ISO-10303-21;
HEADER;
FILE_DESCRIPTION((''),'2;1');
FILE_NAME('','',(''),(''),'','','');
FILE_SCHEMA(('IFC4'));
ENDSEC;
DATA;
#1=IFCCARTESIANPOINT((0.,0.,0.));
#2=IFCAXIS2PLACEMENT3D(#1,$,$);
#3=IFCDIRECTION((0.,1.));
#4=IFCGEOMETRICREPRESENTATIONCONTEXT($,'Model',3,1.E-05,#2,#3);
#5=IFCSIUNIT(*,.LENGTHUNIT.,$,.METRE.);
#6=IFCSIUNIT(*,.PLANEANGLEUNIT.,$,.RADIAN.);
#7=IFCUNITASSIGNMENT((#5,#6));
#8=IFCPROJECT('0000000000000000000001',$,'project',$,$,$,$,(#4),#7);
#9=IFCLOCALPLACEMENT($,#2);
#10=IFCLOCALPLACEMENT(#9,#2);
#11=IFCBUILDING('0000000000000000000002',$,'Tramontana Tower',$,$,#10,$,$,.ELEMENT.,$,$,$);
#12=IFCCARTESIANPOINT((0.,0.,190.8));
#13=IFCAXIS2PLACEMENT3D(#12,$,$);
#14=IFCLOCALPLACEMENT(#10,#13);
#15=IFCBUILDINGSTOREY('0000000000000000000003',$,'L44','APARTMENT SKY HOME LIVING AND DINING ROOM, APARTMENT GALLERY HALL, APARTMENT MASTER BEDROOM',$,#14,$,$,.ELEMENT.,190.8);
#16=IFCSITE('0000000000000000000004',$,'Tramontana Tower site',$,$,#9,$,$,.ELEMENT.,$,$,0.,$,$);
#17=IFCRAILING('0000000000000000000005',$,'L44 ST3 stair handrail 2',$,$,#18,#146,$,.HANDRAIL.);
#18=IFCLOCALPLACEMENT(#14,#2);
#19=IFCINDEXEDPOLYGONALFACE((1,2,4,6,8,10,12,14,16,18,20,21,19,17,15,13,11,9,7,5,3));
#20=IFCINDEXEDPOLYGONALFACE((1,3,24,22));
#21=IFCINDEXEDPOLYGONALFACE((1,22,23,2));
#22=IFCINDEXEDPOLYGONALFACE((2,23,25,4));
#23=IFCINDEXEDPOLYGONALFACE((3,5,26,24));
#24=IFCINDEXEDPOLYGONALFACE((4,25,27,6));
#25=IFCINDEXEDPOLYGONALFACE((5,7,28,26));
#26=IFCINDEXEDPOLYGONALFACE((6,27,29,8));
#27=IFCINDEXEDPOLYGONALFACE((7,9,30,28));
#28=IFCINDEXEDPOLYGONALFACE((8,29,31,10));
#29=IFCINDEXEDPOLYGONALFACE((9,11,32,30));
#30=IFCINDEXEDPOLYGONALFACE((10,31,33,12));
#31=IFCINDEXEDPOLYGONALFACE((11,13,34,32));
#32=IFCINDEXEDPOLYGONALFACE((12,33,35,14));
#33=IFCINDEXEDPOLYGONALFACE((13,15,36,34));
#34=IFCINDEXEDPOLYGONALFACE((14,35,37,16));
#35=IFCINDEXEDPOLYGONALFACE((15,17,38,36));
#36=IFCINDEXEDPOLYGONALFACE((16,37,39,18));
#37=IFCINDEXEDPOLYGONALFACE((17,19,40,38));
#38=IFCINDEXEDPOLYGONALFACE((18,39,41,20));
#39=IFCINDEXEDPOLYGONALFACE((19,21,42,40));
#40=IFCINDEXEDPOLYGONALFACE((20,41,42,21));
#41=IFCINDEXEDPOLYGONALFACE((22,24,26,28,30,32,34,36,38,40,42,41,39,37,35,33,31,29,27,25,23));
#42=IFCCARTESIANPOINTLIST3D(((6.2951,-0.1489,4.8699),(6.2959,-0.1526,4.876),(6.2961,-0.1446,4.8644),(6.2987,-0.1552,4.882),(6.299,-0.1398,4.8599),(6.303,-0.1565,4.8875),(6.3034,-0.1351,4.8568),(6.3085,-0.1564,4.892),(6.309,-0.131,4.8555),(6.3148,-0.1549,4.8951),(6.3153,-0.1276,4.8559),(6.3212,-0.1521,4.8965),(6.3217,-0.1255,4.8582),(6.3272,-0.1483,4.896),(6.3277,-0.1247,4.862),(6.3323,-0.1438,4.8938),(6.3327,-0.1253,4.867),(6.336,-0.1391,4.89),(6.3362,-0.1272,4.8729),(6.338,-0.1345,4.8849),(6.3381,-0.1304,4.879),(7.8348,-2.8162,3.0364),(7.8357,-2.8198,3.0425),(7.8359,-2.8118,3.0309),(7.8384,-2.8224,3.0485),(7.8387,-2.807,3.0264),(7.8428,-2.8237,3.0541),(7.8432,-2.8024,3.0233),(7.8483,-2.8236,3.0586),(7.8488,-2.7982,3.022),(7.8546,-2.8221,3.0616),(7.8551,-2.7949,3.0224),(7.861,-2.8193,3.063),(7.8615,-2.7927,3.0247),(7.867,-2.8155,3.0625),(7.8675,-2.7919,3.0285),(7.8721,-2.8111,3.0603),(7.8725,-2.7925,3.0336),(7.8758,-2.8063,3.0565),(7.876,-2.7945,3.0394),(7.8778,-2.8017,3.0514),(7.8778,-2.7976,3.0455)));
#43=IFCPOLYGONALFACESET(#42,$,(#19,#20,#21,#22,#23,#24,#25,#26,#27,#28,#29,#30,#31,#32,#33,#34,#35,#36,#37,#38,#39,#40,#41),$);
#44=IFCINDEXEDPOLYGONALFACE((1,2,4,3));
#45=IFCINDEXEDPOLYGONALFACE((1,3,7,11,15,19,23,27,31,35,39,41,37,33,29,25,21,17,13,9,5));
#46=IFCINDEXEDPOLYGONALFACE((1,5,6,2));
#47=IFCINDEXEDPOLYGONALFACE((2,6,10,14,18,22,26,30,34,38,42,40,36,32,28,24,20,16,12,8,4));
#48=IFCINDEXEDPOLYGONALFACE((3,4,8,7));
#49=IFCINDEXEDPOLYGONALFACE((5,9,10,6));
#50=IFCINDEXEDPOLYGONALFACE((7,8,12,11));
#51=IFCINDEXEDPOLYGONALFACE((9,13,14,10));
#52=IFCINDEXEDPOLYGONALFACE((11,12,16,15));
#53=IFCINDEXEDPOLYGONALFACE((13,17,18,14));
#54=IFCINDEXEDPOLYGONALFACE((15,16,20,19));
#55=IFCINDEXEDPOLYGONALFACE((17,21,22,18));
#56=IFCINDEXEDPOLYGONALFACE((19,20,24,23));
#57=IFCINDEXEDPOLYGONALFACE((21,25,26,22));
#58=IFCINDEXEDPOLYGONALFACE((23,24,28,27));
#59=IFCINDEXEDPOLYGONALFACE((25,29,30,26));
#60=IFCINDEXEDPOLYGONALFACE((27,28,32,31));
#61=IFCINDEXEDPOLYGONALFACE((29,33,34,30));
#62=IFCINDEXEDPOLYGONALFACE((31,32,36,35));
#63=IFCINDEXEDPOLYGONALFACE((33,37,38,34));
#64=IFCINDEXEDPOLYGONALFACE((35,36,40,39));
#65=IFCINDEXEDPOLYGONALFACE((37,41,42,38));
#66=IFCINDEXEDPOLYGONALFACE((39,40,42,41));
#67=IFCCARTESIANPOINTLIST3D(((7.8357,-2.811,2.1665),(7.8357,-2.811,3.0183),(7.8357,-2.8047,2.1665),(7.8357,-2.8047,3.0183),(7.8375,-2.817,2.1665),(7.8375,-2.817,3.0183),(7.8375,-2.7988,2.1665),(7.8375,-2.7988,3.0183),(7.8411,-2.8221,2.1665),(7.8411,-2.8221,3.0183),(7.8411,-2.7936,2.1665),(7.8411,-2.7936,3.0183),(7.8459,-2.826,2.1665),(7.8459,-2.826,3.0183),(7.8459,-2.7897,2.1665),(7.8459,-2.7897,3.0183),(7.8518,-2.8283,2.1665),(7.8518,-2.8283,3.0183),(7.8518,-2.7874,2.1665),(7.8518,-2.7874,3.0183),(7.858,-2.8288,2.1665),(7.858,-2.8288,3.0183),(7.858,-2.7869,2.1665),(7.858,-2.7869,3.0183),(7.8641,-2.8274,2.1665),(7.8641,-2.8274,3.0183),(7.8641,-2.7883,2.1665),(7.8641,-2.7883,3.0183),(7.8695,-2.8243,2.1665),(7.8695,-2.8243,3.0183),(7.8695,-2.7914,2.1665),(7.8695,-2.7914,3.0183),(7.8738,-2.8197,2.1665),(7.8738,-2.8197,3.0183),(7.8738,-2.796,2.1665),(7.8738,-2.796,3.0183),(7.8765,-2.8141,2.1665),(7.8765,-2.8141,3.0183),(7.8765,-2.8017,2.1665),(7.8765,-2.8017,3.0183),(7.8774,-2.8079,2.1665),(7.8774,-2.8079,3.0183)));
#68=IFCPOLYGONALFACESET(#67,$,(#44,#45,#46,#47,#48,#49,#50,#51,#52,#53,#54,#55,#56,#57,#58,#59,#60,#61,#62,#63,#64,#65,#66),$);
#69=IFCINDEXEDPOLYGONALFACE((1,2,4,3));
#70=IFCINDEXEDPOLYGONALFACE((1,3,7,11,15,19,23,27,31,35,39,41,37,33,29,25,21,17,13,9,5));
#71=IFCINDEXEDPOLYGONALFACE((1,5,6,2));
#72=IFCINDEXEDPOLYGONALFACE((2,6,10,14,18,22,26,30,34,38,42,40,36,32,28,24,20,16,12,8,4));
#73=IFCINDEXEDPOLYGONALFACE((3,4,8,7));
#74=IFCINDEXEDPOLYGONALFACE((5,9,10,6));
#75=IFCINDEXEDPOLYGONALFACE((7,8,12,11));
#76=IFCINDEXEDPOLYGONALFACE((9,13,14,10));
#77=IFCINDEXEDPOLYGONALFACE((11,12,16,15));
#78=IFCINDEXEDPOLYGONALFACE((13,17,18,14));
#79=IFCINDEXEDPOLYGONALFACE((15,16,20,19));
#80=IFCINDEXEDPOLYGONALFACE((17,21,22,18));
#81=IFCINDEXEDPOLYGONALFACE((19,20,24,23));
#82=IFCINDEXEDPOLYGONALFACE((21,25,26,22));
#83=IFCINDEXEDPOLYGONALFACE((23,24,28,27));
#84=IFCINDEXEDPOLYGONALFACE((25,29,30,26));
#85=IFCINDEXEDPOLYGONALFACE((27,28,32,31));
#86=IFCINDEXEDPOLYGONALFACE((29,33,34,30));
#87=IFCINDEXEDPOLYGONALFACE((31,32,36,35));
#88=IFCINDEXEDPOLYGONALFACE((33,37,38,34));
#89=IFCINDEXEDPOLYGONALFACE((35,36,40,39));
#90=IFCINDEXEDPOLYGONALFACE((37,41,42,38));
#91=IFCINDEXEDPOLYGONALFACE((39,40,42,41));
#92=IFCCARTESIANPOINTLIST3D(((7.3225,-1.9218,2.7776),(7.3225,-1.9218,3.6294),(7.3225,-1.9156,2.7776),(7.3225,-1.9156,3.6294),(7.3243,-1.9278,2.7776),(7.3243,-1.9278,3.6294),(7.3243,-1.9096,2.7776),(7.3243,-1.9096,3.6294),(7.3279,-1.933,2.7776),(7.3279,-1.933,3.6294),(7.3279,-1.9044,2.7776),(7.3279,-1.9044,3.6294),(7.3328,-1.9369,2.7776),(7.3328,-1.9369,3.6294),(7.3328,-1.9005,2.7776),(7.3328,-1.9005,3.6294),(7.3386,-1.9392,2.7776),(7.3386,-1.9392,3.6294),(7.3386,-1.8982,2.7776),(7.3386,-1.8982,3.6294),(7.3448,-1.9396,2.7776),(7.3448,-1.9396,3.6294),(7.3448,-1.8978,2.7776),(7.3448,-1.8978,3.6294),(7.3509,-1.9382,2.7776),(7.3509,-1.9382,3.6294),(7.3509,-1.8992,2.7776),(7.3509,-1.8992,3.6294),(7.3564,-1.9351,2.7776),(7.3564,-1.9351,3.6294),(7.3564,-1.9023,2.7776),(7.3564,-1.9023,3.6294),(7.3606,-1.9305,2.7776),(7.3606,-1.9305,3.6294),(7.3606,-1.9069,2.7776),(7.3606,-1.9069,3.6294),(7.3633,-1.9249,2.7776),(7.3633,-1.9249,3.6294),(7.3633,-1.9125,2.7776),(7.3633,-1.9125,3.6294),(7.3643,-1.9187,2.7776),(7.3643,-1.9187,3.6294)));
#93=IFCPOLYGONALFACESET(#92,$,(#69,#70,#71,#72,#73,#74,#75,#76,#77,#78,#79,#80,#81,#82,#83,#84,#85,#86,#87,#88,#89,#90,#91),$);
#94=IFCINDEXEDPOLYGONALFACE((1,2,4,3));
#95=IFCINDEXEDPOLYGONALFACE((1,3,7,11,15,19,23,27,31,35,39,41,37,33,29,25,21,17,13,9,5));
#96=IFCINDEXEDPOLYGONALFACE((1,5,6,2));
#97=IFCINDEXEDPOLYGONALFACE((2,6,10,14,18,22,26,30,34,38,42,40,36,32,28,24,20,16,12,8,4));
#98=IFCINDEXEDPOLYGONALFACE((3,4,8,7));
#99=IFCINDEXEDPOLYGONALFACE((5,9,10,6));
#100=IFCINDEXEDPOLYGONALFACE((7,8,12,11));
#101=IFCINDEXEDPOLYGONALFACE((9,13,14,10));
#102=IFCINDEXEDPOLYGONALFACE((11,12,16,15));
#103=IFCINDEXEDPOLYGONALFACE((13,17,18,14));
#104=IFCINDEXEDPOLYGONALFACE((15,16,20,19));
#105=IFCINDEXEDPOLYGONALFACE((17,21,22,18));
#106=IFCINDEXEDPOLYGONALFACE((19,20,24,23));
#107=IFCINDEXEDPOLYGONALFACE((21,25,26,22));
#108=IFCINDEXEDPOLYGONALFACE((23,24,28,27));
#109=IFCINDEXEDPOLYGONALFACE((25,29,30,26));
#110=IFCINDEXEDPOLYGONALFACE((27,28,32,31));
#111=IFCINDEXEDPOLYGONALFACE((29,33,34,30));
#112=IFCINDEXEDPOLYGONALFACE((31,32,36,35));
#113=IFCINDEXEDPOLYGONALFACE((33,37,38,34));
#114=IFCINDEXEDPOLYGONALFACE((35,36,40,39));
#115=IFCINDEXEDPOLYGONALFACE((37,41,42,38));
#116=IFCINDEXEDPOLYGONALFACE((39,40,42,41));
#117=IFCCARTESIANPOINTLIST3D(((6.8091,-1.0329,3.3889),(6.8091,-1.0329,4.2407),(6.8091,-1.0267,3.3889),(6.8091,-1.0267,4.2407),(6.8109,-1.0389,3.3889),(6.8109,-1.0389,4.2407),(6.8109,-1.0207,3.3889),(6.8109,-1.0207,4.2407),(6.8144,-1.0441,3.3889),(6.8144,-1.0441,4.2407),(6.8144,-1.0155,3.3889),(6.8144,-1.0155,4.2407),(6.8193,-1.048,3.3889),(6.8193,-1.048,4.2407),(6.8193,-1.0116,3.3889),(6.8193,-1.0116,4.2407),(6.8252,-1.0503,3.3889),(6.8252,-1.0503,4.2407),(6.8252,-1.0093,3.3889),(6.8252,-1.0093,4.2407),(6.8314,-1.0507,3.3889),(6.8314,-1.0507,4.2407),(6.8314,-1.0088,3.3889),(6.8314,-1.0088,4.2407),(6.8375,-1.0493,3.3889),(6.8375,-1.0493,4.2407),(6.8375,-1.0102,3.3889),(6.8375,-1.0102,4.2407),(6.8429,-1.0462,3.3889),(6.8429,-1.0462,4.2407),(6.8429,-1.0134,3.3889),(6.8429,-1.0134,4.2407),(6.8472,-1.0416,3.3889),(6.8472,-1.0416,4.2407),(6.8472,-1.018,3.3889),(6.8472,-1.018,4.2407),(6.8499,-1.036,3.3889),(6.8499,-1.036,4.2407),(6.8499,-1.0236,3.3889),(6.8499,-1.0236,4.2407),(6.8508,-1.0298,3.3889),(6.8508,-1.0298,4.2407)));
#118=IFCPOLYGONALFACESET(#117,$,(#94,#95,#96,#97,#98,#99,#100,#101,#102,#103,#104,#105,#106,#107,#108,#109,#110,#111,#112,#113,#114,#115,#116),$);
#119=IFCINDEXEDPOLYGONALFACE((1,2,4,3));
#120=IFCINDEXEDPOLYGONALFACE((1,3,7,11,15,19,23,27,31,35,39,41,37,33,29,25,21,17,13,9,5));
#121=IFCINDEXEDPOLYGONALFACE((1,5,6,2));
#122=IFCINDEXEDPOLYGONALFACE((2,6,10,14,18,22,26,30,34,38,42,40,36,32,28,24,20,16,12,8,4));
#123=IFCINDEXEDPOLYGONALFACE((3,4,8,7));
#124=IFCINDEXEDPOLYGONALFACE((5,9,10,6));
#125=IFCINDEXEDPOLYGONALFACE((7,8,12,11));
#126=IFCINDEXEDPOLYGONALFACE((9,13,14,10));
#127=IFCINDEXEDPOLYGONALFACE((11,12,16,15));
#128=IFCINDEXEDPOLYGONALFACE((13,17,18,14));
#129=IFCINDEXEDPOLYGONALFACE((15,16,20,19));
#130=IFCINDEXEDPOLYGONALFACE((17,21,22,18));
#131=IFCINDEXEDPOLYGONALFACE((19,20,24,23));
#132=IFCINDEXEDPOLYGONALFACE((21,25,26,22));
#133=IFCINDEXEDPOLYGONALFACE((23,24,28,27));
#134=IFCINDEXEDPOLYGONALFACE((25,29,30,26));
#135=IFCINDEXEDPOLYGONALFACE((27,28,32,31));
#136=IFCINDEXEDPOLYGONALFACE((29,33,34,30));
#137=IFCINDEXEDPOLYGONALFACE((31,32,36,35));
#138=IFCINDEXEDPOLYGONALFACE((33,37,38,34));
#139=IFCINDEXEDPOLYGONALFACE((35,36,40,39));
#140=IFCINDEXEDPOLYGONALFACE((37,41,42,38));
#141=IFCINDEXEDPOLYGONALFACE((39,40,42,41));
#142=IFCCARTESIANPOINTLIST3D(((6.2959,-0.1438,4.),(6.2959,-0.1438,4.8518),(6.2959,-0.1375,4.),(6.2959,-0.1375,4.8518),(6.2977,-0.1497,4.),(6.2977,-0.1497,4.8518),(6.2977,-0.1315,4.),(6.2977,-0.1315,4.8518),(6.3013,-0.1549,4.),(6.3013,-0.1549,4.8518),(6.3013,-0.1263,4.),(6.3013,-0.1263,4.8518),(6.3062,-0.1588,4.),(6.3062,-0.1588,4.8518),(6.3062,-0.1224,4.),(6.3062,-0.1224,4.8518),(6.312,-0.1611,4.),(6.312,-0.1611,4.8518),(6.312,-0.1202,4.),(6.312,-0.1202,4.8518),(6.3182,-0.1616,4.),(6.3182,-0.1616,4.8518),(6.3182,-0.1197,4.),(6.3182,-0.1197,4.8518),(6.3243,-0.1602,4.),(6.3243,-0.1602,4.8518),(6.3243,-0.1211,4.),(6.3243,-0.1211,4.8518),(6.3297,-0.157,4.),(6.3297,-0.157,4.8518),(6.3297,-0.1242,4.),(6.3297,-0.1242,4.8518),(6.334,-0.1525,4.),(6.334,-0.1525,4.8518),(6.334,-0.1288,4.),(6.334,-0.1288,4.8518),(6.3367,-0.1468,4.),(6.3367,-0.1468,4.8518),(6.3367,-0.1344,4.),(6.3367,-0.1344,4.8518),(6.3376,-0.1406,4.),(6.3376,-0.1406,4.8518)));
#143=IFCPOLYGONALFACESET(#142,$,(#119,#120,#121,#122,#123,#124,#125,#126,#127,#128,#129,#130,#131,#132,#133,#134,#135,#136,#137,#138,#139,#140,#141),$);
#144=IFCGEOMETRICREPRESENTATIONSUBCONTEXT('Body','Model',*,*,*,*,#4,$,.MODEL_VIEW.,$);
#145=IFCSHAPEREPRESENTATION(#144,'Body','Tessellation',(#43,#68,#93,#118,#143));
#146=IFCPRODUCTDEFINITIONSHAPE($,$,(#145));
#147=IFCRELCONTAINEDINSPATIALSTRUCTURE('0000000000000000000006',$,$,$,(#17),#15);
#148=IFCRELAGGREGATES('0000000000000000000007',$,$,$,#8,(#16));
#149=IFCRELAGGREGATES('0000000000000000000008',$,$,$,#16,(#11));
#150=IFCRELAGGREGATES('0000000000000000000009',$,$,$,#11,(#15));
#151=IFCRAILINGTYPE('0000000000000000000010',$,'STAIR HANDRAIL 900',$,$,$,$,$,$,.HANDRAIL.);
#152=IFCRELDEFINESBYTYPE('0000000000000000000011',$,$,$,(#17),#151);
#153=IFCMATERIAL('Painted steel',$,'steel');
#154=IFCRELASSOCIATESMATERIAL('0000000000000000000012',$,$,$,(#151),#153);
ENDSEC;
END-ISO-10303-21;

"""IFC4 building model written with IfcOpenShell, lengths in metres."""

from ifc_helpers import new_model, si_unit, direction, frame, origin, origin_2d, place, context, subcontext, project, spatial, circle, extrude, material, type_object, element, save


model = new_model("IFC4")

# Units and contexts
model_context = context("Model", 3, precision=1e-05, world=origin(), true_north=direction((0.0, 1.0)))
body_context = subcontext(model_context, "Body", "Model", "MODEL_VIEW")
ifc_project = project(units=[si_unit("LENGTHUNIT", "METRE"), si_unit("PLANEANGLEUNIT", "RADIAN")], contexts=[model_context])

# Site, building, storey
site_placement = place(None, origin())
site = spatial("IfcSite", under=ifc_project, at=site_placement, Name="Tramontana Tower site", CompositionType="ELEMENT", RefElevation=0.0)
building_placement = place(site_placement, origin())
building = spatial("IfcBuilding", under=site, at=building_placement, Name="Tramontana Tower", CompositionType="ELEMENT")
storey_placement = place(building_placement, frame((0.0, 0.0, 190.8)))
storey = spatial("IfcBuildingStorey", under=building, at=storey_placement, Name="L44", Description="APARTMENT SKY HOME LIVING AND DINING ROOM, APARTMENT GALLERY HALL, APARTMENT MASTER BEDROOM", CompositionType="ELEMENT", Elevation=190.8)

# Railing
ifc_material_1 = material(Name="Painted steel", Category="steel")
railing_type_1 = type_object("IfcRailingType", Name="STAIR HANDRAIL 900", PredefinedType="HANDRAIL", material=ifc_material_1)
railing_1_placement = place(storey_placement, frame((7.8564, -2.8079, 2.1665)))
element("IfcRailing", 1, at=railing_1_placement, inside=storey, type_object=railing_type_1, Name="L44 ST3 stair handrail 2", PredefinedType="HANDRAIL", context=body_context, shape_type="SweptSolid", body=[
    extrude(circle(Radius=0.0239, at=origin_2d()), frame((0.0, 0.0, 0.876), z_axis=(-0.429601, 0.744155, 0.511543), x_axis=(-0.866044, -0.499967, 0.0)), (0.0, 0.0, 1.0), 3.5842),
    extrude(circle(Radius=0.021, at=origin_2d()), origin(), (0.0, 0.0, 1.0), 0.8518),
    extrude(circle(Radius=0.021, at=origin_2d()), frame((-0.5132, 0.8892, 0.6111)), (0.0, 0.0, 1.0), 0.8518),
    extrude(circle(Radius=0.021, at=origin_2d()), frame((-1.0266, 1.7781, 1.2224)), (0.0, 0.0, 1.0), 0.8518),
    extrude(circle(Radius=0.021, at=origin_2d()), frame((-1.5398, 2.6672, 1.8335)), (0.0, 0.0, 1.0), 0.8518),
])

save(model, "model.ifc")
